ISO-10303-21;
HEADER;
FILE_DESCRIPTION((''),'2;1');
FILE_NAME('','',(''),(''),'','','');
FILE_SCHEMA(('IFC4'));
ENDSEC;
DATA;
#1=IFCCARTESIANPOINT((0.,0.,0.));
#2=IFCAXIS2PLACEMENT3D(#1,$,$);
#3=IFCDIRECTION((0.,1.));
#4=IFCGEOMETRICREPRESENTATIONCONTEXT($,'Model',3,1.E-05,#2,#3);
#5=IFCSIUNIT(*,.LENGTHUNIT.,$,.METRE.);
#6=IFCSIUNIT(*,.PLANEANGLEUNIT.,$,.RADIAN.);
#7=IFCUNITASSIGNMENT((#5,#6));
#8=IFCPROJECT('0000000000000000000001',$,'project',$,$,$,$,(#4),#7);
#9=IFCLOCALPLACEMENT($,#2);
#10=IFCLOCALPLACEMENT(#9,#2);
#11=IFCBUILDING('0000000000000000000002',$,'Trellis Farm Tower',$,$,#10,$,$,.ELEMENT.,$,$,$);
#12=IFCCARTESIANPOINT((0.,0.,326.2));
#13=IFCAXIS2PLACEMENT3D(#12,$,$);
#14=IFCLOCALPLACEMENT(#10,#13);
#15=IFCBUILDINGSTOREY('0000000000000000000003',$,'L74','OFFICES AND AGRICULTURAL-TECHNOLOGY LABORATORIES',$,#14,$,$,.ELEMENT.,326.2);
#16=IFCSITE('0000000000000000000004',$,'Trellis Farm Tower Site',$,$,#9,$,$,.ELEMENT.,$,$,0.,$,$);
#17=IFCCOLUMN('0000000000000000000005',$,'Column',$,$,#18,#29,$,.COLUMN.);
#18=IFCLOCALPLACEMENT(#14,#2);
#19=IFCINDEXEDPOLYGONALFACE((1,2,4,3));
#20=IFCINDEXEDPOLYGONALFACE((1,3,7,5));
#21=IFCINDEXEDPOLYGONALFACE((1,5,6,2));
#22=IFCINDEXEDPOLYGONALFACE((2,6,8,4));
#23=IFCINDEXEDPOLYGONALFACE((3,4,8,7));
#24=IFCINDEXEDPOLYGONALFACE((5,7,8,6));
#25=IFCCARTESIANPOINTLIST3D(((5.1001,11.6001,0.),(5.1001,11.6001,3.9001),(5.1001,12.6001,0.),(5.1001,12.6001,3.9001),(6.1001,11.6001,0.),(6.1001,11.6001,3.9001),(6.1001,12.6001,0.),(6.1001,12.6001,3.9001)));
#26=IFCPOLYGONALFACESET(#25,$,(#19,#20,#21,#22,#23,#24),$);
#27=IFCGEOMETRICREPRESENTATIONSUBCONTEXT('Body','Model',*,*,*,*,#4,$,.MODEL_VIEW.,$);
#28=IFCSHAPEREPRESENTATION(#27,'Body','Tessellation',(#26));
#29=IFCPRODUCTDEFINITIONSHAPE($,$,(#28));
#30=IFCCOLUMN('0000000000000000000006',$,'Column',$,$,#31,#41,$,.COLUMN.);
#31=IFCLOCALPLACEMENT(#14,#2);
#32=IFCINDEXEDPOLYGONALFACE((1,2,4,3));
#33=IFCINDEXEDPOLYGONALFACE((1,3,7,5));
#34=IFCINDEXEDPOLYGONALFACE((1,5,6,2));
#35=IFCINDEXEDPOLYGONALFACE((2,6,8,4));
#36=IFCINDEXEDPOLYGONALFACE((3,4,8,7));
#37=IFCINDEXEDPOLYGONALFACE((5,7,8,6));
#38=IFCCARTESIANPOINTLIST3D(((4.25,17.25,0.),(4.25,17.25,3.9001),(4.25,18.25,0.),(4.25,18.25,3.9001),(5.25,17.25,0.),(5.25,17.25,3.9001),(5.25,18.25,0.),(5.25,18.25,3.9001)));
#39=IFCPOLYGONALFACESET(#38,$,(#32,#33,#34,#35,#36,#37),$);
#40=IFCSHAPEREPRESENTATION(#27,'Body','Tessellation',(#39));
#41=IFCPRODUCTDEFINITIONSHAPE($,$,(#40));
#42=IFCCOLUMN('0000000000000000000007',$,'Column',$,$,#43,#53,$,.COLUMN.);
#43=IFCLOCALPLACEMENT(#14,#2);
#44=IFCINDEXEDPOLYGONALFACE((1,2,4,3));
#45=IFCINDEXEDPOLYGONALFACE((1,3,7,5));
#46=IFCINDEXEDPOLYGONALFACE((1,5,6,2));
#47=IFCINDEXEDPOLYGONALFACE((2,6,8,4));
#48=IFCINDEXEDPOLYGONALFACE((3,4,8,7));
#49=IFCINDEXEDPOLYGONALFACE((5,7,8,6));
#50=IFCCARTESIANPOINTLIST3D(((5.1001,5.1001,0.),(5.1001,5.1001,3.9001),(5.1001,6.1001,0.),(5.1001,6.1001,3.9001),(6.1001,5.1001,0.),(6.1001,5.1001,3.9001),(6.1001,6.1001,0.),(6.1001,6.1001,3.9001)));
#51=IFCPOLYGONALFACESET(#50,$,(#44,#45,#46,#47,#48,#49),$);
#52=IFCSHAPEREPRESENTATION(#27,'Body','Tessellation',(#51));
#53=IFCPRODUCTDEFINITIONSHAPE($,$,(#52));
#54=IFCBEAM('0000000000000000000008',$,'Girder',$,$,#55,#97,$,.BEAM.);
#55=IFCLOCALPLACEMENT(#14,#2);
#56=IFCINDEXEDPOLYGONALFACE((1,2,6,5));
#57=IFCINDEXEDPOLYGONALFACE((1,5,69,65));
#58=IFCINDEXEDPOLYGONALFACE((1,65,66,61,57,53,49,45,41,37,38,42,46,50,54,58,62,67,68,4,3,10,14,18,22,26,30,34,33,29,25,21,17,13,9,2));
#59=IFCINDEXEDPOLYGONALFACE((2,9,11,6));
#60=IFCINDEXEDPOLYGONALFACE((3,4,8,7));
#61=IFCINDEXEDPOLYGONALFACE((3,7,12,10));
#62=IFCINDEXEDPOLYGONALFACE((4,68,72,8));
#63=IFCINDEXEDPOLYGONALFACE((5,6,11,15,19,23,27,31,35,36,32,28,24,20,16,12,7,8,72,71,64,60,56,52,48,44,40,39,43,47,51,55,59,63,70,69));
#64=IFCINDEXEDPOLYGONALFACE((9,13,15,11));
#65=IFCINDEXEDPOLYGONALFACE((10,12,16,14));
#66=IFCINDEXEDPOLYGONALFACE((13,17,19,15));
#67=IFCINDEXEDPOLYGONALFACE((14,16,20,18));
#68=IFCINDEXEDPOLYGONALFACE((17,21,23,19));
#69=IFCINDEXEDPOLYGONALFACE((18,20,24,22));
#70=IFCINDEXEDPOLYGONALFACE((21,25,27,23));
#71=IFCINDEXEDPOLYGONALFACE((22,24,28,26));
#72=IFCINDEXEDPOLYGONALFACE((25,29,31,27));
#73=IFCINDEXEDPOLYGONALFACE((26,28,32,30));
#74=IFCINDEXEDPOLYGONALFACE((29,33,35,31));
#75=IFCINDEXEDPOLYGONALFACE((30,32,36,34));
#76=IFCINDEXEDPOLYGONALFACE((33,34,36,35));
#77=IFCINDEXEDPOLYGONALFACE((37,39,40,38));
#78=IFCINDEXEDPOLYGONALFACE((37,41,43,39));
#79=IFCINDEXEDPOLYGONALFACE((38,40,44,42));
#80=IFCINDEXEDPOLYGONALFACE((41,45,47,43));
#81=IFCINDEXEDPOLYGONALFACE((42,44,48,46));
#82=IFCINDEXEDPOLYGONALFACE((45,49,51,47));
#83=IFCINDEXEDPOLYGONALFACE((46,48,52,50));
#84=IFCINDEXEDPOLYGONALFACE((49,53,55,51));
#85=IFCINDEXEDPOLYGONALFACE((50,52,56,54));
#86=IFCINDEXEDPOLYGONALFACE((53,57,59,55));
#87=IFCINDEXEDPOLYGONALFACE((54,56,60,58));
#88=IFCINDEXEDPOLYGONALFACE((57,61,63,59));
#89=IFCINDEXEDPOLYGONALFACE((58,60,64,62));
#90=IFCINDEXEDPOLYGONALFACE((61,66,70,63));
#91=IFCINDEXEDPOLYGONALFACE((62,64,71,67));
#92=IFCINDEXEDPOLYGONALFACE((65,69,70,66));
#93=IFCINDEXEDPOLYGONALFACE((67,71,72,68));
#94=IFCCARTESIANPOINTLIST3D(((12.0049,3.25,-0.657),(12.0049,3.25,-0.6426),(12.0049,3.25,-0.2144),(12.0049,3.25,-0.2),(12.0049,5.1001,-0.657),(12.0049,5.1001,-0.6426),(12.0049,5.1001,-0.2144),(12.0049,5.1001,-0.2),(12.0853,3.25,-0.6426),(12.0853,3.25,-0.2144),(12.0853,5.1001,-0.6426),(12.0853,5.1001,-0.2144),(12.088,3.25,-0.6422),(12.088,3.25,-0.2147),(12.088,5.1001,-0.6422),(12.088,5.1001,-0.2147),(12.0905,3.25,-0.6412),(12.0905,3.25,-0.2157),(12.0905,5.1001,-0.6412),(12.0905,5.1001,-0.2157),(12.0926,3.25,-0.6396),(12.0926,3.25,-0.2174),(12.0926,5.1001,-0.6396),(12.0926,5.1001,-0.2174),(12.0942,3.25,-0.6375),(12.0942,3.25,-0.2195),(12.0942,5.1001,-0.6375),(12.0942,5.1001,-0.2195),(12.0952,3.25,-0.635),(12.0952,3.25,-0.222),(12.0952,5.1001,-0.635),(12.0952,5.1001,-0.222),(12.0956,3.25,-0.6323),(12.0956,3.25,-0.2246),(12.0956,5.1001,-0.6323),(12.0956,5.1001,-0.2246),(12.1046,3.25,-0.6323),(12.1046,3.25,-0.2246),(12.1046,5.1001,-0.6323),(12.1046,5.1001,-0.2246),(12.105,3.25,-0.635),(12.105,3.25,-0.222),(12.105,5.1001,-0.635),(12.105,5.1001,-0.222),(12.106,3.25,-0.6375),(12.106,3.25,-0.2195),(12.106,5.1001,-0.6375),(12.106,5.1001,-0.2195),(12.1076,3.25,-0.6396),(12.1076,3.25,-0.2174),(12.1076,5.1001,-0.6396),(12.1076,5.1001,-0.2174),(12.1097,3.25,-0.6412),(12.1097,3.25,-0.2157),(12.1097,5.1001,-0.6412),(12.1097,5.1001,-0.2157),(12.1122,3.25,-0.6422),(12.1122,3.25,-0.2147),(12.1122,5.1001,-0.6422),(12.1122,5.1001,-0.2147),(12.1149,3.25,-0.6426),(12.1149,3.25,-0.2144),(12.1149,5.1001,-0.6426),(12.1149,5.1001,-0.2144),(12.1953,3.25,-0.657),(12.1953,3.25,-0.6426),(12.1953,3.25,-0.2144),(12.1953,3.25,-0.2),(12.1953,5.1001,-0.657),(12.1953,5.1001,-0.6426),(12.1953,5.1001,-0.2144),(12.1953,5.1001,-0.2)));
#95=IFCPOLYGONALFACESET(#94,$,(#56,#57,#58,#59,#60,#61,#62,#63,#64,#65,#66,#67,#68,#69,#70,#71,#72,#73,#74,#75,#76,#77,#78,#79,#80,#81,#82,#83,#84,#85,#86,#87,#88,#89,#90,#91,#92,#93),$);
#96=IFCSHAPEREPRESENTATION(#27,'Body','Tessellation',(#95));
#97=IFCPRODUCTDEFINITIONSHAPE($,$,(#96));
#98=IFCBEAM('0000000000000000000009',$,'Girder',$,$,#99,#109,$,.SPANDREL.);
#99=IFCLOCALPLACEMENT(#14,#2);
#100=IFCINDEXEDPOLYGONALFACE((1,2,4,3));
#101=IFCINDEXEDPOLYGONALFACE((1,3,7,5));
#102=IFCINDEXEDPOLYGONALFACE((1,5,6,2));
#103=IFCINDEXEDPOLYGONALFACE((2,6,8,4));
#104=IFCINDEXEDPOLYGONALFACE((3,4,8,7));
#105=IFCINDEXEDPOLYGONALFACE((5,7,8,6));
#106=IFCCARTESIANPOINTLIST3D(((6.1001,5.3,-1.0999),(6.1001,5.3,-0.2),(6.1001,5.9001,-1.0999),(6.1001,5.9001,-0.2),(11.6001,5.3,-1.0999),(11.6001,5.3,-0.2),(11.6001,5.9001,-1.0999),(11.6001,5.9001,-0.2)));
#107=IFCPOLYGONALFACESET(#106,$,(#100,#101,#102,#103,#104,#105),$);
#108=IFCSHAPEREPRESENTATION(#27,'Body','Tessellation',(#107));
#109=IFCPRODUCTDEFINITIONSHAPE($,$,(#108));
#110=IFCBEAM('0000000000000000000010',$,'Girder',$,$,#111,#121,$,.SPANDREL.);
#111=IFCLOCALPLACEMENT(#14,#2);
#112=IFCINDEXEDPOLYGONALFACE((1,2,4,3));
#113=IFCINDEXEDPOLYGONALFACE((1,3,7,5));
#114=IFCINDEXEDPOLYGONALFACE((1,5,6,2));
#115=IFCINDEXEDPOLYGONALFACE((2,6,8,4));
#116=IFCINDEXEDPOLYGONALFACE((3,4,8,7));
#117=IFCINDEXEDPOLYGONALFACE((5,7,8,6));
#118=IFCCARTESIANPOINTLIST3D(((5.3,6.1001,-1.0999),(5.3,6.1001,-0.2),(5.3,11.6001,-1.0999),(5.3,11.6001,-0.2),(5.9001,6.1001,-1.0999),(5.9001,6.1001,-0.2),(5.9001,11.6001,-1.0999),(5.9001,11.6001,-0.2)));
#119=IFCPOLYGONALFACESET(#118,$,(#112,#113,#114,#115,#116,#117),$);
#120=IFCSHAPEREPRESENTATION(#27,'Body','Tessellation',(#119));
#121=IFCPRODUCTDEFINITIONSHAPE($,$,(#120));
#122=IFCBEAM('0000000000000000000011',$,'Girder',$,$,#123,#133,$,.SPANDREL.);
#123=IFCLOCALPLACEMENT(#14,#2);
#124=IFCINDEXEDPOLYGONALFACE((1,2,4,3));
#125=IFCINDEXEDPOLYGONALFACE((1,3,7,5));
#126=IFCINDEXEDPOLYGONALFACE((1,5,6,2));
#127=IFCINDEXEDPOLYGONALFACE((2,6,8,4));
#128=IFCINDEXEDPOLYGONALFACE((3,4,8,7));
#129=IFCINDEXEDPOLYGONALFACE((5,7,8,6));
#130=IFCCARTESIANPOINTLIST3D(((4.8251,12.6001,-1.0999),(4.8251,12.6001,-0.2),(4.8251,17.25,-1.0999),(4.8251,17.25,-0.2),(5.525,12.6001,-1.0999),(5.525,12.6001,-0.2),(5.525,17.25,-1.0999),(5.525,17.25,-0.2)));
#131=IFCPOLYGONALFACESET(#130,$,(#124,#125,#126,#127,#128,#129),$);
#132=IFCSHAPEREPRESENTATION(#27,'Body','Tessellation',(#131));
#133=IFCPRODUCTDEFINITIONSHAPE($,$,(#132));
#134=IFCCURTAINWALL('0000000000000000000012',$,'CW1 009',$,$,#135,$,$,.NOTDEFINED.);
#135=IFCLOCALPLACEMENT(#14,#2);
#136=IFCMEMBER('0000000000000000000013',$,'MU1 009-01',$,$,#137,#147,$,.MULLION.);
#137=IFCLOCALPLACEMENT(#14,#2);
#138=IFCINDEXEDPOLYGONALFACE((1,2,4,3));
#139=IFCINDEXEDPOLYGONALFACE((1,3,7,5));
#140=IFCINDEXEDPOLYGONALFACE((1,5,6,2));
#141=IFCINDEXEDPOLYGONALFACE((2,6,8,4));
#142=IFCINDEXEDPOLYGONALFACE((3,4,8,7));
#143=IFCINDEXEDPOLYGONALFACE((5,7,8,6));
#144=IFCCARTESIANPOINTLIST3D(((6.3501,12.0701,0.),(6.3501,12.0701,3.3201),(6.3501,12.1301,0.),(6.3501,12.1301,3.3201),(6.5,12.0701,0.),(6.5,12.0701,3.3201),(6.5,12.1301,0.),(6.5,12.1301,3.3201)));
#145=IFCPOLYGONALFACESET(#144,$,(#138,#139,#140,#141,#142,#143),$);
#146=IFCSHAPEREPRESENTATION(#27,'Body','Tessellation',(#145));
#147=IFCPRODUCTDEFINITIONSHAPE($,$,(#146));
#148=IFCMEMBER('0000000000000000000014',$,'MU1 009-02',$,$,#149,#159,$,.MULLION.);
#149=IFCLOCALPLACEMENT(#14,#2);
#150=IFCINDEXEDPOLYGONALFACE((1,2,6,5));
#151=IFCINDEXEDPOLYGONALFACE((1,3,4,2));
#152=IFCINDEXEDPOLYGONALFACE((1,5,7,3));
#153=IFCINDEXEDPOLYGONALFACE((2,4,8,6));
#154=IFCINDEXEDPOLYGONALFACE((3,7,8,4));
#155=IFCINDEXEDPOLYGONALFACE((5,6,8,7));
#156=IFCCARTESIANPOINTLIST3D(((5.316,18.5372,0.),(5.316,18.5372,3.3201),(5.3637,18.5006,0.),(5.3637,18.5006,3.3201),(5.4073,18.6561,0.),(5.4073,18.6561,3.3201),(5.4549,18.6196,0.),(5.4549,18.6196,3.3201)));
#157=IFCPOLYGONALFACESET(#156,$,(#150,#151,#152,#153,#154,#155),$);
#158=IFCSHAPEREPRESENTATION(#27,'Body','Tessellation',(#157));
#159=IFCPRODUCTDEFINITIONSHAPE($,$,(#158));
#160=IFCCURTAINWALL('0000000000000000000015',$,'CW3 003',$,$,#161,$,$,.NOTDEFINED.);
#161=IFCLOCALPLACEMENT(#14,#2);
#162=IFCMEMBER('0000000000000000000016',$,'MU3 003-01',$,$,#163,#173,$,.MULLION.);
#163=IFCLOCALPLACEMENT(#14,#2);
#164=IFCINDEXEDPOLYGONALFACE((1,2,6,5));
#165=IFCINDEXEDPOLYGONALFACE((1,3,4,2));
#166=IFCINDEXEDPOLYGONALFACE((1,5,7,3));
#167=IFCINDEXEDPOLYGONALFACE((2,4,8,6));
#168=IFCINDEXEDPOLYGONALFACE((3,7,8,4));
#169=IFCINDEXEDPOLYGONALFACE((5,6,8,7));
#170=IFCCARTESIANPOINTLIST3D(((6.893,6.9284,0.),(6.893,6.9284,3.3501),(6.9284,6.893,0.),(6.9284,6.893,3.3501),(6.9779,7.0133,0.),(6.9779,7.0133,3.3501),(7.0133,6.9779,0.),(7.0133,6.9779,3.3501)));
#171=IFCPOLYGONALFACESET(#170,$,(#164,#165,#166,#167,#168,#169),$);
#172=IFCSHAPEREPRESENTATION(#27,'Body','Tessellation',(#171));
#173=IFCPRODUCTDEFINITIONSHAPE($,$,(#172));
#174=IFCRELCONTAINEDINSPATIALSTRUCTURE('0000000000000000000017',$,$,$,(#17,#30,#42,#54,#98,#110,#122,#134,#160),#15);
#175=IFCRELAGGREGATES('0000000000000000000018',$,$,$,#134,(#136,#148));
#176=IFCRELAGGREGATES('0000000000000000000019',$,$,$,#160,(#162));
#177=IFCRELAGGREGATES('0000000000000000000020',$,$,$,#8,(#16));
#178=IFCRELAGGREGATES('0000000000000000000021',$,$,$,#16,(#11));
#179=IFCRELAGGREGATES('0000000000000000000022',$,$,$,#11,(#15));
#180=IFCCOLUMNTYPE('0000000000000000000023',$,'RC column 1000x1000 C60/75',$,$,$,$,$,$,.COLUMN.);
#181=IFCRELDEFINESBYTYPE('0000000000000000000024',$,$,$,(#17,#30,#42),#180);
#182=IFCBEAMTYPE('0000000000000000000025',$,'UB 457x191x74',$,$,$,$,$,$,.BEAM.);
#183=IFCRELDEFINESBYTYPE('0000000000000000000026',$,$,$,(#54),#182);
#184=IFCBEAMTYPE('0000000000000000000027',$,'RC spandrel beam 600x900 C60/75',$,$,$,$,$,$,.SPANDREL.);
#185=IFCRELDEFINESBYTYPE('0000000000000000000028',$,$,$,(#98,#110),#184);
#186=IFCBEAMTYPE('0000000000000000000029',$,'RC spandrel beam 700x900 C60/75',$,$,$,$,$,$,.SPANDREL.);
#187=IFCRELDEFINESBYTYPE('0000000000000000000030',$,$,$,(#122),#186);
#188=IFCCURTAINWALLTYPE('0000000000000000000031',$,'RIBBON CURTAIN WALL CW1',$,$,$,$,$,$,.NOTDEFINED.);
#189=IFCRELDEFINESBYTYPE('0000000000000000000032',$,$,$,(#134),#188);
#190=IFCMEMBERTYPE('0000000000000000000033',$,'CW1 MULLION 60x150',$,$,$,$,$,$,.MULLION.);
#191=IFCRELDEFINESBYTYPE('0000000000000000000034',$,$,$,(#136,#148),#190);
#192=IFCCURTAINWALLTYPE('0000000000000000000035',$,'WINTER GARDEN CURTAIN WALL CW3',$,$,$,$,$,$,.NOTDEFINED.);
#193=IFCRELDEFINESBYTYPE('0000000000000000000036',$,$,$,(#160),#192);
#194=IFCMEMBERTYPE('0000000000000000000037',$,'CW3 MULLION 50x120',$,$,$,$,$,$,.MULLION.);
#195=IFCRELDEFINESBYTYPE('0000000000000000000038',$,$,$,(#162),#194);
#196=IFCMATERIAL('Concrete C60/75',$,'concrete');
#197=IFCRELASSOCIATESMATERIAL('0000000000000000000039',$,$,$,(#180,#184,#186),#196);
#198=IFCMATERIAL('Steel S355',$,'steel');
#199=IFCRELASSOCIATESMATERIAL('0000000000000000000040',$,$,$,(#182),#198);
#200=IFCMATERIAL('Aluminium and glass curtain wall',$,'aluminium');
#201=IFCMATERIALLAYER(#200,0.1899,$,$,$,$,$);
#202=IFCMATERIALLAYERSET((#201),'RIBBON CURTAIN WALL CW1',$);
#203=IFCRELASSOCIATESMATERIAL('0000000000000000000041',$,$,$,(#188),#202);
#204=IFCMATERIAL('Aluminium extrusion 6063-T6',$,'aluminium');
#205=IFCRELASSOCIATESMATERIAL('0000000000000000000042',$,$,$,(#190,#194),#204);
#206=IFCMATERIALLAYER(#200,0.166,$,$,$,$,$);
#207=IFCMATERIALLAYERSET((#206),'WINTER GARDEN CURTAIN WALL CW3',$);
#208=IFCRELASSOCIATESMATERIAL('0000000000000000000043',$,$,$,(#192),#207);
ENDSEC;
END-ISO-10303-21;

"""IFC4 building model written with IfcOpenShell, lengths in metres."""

from ifc_helpers import new_model, si_unit, direction, frame, origin, origin_2d, place, context, subcontext, project, spatial, rectangle, i_section, extrude, source, transform, mapped, material, layer, layer_set, material_profile, profile_set, type_object, element, aggregate, save


model = new_model("IFC4")

# Units and contexts
model_context = context("Model", 3, precision=1e-05, world=origin(), true_north=direction((0.0, 1.0)))
body_context = subcontext(model_context, "Body", "Model", "MODEL_VIEW")
ifc_project = project(units=[si_unit("LENGTHUNIT", "METRE"), si_unit("PLANEANGLEUNIT", "RADIAN")], contexts=[model_context])

# Site, building, storey
site_placement = place(None, origin())
site = spatial("IfcSite", under=ifc_project, at=site_placement, Name="Trellis Farm Tower Site", CompositionType="ELEMENT", RefElevation=0.0)
building_placement = place(site_placement, origin())
building = spatial("IfcBuilding", under=site, at=building_placement, Name="Trellis Farm Tower", CompositionType="ELEMENT")
storey_placement = place(building_placement, frame((0.0, 0.0, 326.2)))
storey = spatial("IfcBuildingStorey", under=building, at=storey_placement, Name="L74", Description="OFFICES AND AGRICULTURAL-TECHNOLOGY LABORATORIES", CompositionType="ELEMENT", Elevation=326.2)

# Columns
ifc_material_1 = material(Name="Concrete C60/75", Category="concrete")
ifc_material_profile_1 = material_profile(ifc_material_1, rectangle(XDim=1.0, YDim=1.0, at=origin_2d()), Name="RC column 1000x1000 C60/75")
ifc_profile_set_1 = profile_set([ifc_material_profile_1], Name="Concrete C60/75")
column_type = type_object("IfcColumnType", Name="RC column 1000x1000 C60/75", PredefinedType="COLUMN", material=ifc_profile_set_1)
shared_shape_1 = source(origin(), body_context, "Body", "SweptSolid", [
    extrude(rectangle(XDim=1.0, YDim=1.0, at=origin_2d()), origin(), (0.0, 0.0, 1.0), 3.9001),
])
for number, where, z_axis, x_axis, name in (
    (1, (5.6001, 12.1001, 0.0), (0.0, 0.0, 1.0), (1.0, 0.0, 0.0), "Column"),
    (2, (4.75, 17.75, 0.0), (0.0, 0.0, 1.0), (1.0, 0.0, 0.0), "Column"),
    (3, (5.6001, 5.6001, 0.0), (0.0, 0.0, 1.0), (1.0, 0.0, 0.0), "Column"),
):
    element("IfcColumn", number, at=place(storey_placement, frame(where, z_axis=z_axis, x_axis=x_axis)), inside=storey, type_object=column_type, Name=name, PredefinedType="COLUMN", context=body_context, shape_type="MappedRepresentation", body=[
        mapped(shared_shape_1, transform((0.0, 0.0, 0.0))),
    ])

# Beams
ifc_material_2 = material(Name="Steel S355", Category="steel")
ifc_material_profile_2 = material_profile(ifc_material_2, i_section(OverallWidth=0.1904, OverallDepth=0.457, WebThickness=0.009, FlangeThickness=0.0144, FilletRadius=0.0103, at=origin_2d()), Name="UB 457x191x74")
ifc_profile_set_2 = profile_set([ifc_material_profile_2], Name="Steel S355")
beam_type_1 = type_object("IfcBeamType", Name="UB 457x191x74", PredefinedType="BEAM", material=ifc_profile_set_2)
shared_shape_2 = source(origin(), body_context, "Body", "SweptSolid", [
    extrude(i_section(OverallWidth=0.1904, OverallDepth=0.457, WebThickness=0.009, FlangeThickness=0.0144, FilletRadius=0.0103, at=origin_2d()), origin(), (0.0, 0.0, 1.0), 1.8501),
])
beam_1_placement = place(storey_placement, frame((12.1001, 3.25, -0.4285), z_axis=(0.0, 1.0, 0.0), x_axis=(-1.0, 0.0, 0.0)))
element("IfcBeam", 4, at=beam_1_placement, inside=storey, type_object=beam_type_1, Name="Girder", PredefinedType="BEAM", context=body_context, shape_type="MappedRepresentation", body=[
    mapped(shared_shape_2, transform((0.0, 0.0, 0.0))),
])
ifc_material_profile_3 = material_profile(ifc_material_1, rectangle(XDim=0.6001, YDim=0.8999, at=origin_2d()), Name="RC spandrel beam 600x900 C60/75")
ifc_profile_set_3 = profile_set([ifc_material_profile_3], Name="Concrete C60/75")
beam_type_2 = type_object("IfcBeamType", Name="RC spandrel beam 600x900 C60/75", PredefinedType="SPANDREL", material=ifc_profile_set_3)
shared_shape_3 = source(origin(), body_context, "Body", "SweptSolid", [
    extrude(rectangle(XDim=0.6001, YDim=0.8999, at=origin_2d()), origin(), (0.0, 0.0, 1.0), 5.5),
])
for number, where, z_axis, x_axis, name in (
    (5, (6.1001, 5.6001, -0.6499), (1.0, 0.0, 0.0), (0.0, 1.0, 0.0), "Girder"),
    (6, (5.6001, 6.1001, -0.6499), (0.0, 1.0, 0.0), (-1.0, 0.0, 0.0), "Girder"),
):
    element("IfcBeam", number, at=place(storey_placement, frame(where, z_axis=z_axis, x_axis=x_axis)), inside=storey, type_object=beam_type_2, Name=name, PredefinedType="SPANDREL", context=body_context, shape_type="MappedRepresentation", body=[
        mapped(shared_shape_3, transform((0.0, 0.0, 0.0))),
    ])
ifc_material_profile_4 = material_profile(ifc_material_1, rectangle(XDim=0.7, YDim=0.8999, at=origin_2d()), Name="RC spandrel beam 700x900 C60/75")
ifc_profile_set_4 = profile_set([ifc_material_profile_4], Name="Concrete C60/75")
beam_type_3 = type_object("IfcBeamType", Name="RC spandrel beam 700x900 C60/75", PredefinedType="SPANDREL", material=ifc_profile_set_4)
shared_shape_4 = source(origin(), body_context, "Body", "SweptSolid", [
    extrude(rectangle(XDim=0.7, YDim=0.8999, at=origin_2d()), origin(), (0.0, 0.0, 1.0), 4.6499),
])
beam_2_placement = place(storey_placement, frame((5.175, 12.6001, -0.6499), z_axis=(0.0, 1.0, 0.0), x_axis=(-1.0, 0.0, 0.0)))
element("IfcBeam", 7, at=beam_2_placement, inside=storey, type_object=beam_type_3, Name="Girder", PredefinedType="SPANDREL", context=body_context, shape_type="MappedRepresentation", body=[
    mapped(shared_shape_4, transform((0.0, 0.0, 0.0))),
])

# Curtain wall, members
ifc_material_3 = material(Name="Aluminium and glass curtain wall", Category="aluminium")
ifc_layer_1 = layer(ifc_material_3, 0.1899)
ifc_layer_set_1 = layer_set([ifc_layer_1], Name="RIBBON CURTAIN WALL CW1")
curtain_wall_type_1 = type_object("IfcCurtainWallType", Name="RIBBON CURTAIN WALL CW1", PredefinedType="NOTDEFINED", material=ifc_layer_set_1)
placement = place(storey_placement, origin())
curtain_wall_1 = element("IfcCurtainWall", 8, at=placement, inside=storey, type_object=curtain_wall_type_1, Name="CW1 009", PredefinedType="NOTDEFINED")
ifc_material_4 = material(Name="Aluminium extrusion 6063-T6", Category="aluminium")
ifc_material_profile_5 = material_profile(ifc_material_4, rectangle(XDim=0.0601, YDim=0.1499, at=origin_2d()), Name="MULLION 60x150")
ifc_profile_set_5 = profile_set([ifc_material_profile_5], Name="Aluminium extrusion 6063-T6")
member_type_1 = type_object("IfcMemberType", Name="CW1 MULLION 60x150", PredefinedType="MULLION", material=ifc_profile_set_5)
shared_shape_5 = source(origin(), body_context, "Body", "SweptSolid", [
    extrude(rectangle(XDim=0.0601, YDim=0.1499, at=origin_2d()), origin(), (0.0, 0.0, 1.0), 3.3201),
])
member_1_placement = place(storey_placement, frame((6.425, 12.1001, 0.0), z_axis=(0.0, 0.0, 1.0), x_axis=(0.0, 1.0, 0.0)))
member_1 = element("IfcMember", 9, at=member_1_placement, type_object=member_type_1, Name="MU1 009-01", PredefinedType="MULLION", context=body_context, shape_type="MappedRepresentation", body=[
    mapped(shared_shape_5, transform((0.0, 0.0, 0.0))),
])
member_2_placement = place(storey_placement, frame((5.3855, 18.5784, 0.0), z_axis=(0.0, 0.0, 1.0), x_axis=(-0.793353, 0.608761, 0.0)))
member_2 = element("IfcMember", 10, at=member_2_placement, type_object=member_type_1, Name="MU1 009-02", PredefinedType="MULLION", context=body_context, shape_type="MappedRepresentation", body=[
    mapped(shared_shape_5, transform((0.0, 0.0, 0.0))),
])
aggregate(curtain_wall_1, [member_1, member_2])

# Curtain wall, member
ifc_layer_2 = layer(ifc_material_3, 0.166)
ifc_layer_set_2 = layer_set([ifc_layer_2], Name="WINTER GARDEN CURTAIN WALL CW3")
curtain_wall_type_2 = type_object("IfcCurtainWallType", Name="WINTER GARDEN CURTAIN WALL CW3", PredefinedType="NOTDEFINED", material=ifc_layer_set_2)
curtain_wall_2 = element("IfcCurtainWall", 11, at=placement, inside=storey, type_object=curtain_wall_type_2, Name="CW3 003", PredefinedType="NOTDEFINED")
ifc_material_profile_6 = material_profile(ifc_material_4, rectangle(XDim=0.05, YDim=0.1201, at=origin_2d()), Name="MULLION 50x120")
ifc_profile_set_6 = profile_set([ifc_material_profile_6], Name="Aluminium extrusion 6063-T6")
member_type_2 = type_object("IfcMemberType", Name="CW3 MULLION 50x120", PredefinedType="MULLION", material=ifc_profile_set_6)
shared_shape_6 = source(origin(), body_context, "Body", "SweptSolid", [
    extrude(rectangle(XDim=0.05, YDim=0.1201, at=origin_2d()), origin(), (0.0, 0.0, 1.0), 3.3501),
])
member_3_placement = place(storey_placement, frame((6.9531, 6.9531, 0.0), z_axis=(0.0, 0.0, 1.0), x_axis=(-0.707107, 0.707107, 0.0)))
member_3 = element("IfcMember", 12, at=member_3_placement, type_object=member_type_2, Name="MU3 003-01", PredefinedType="MULLION", context=body_context, shape_type="MappedRepresentation", body=[
    mapped(shared_shape_6, transform((0.0, 0.0, 0.0))),
])
aggregate(curtain_wall_2, [member_3])

save(model, "model.ifc")
